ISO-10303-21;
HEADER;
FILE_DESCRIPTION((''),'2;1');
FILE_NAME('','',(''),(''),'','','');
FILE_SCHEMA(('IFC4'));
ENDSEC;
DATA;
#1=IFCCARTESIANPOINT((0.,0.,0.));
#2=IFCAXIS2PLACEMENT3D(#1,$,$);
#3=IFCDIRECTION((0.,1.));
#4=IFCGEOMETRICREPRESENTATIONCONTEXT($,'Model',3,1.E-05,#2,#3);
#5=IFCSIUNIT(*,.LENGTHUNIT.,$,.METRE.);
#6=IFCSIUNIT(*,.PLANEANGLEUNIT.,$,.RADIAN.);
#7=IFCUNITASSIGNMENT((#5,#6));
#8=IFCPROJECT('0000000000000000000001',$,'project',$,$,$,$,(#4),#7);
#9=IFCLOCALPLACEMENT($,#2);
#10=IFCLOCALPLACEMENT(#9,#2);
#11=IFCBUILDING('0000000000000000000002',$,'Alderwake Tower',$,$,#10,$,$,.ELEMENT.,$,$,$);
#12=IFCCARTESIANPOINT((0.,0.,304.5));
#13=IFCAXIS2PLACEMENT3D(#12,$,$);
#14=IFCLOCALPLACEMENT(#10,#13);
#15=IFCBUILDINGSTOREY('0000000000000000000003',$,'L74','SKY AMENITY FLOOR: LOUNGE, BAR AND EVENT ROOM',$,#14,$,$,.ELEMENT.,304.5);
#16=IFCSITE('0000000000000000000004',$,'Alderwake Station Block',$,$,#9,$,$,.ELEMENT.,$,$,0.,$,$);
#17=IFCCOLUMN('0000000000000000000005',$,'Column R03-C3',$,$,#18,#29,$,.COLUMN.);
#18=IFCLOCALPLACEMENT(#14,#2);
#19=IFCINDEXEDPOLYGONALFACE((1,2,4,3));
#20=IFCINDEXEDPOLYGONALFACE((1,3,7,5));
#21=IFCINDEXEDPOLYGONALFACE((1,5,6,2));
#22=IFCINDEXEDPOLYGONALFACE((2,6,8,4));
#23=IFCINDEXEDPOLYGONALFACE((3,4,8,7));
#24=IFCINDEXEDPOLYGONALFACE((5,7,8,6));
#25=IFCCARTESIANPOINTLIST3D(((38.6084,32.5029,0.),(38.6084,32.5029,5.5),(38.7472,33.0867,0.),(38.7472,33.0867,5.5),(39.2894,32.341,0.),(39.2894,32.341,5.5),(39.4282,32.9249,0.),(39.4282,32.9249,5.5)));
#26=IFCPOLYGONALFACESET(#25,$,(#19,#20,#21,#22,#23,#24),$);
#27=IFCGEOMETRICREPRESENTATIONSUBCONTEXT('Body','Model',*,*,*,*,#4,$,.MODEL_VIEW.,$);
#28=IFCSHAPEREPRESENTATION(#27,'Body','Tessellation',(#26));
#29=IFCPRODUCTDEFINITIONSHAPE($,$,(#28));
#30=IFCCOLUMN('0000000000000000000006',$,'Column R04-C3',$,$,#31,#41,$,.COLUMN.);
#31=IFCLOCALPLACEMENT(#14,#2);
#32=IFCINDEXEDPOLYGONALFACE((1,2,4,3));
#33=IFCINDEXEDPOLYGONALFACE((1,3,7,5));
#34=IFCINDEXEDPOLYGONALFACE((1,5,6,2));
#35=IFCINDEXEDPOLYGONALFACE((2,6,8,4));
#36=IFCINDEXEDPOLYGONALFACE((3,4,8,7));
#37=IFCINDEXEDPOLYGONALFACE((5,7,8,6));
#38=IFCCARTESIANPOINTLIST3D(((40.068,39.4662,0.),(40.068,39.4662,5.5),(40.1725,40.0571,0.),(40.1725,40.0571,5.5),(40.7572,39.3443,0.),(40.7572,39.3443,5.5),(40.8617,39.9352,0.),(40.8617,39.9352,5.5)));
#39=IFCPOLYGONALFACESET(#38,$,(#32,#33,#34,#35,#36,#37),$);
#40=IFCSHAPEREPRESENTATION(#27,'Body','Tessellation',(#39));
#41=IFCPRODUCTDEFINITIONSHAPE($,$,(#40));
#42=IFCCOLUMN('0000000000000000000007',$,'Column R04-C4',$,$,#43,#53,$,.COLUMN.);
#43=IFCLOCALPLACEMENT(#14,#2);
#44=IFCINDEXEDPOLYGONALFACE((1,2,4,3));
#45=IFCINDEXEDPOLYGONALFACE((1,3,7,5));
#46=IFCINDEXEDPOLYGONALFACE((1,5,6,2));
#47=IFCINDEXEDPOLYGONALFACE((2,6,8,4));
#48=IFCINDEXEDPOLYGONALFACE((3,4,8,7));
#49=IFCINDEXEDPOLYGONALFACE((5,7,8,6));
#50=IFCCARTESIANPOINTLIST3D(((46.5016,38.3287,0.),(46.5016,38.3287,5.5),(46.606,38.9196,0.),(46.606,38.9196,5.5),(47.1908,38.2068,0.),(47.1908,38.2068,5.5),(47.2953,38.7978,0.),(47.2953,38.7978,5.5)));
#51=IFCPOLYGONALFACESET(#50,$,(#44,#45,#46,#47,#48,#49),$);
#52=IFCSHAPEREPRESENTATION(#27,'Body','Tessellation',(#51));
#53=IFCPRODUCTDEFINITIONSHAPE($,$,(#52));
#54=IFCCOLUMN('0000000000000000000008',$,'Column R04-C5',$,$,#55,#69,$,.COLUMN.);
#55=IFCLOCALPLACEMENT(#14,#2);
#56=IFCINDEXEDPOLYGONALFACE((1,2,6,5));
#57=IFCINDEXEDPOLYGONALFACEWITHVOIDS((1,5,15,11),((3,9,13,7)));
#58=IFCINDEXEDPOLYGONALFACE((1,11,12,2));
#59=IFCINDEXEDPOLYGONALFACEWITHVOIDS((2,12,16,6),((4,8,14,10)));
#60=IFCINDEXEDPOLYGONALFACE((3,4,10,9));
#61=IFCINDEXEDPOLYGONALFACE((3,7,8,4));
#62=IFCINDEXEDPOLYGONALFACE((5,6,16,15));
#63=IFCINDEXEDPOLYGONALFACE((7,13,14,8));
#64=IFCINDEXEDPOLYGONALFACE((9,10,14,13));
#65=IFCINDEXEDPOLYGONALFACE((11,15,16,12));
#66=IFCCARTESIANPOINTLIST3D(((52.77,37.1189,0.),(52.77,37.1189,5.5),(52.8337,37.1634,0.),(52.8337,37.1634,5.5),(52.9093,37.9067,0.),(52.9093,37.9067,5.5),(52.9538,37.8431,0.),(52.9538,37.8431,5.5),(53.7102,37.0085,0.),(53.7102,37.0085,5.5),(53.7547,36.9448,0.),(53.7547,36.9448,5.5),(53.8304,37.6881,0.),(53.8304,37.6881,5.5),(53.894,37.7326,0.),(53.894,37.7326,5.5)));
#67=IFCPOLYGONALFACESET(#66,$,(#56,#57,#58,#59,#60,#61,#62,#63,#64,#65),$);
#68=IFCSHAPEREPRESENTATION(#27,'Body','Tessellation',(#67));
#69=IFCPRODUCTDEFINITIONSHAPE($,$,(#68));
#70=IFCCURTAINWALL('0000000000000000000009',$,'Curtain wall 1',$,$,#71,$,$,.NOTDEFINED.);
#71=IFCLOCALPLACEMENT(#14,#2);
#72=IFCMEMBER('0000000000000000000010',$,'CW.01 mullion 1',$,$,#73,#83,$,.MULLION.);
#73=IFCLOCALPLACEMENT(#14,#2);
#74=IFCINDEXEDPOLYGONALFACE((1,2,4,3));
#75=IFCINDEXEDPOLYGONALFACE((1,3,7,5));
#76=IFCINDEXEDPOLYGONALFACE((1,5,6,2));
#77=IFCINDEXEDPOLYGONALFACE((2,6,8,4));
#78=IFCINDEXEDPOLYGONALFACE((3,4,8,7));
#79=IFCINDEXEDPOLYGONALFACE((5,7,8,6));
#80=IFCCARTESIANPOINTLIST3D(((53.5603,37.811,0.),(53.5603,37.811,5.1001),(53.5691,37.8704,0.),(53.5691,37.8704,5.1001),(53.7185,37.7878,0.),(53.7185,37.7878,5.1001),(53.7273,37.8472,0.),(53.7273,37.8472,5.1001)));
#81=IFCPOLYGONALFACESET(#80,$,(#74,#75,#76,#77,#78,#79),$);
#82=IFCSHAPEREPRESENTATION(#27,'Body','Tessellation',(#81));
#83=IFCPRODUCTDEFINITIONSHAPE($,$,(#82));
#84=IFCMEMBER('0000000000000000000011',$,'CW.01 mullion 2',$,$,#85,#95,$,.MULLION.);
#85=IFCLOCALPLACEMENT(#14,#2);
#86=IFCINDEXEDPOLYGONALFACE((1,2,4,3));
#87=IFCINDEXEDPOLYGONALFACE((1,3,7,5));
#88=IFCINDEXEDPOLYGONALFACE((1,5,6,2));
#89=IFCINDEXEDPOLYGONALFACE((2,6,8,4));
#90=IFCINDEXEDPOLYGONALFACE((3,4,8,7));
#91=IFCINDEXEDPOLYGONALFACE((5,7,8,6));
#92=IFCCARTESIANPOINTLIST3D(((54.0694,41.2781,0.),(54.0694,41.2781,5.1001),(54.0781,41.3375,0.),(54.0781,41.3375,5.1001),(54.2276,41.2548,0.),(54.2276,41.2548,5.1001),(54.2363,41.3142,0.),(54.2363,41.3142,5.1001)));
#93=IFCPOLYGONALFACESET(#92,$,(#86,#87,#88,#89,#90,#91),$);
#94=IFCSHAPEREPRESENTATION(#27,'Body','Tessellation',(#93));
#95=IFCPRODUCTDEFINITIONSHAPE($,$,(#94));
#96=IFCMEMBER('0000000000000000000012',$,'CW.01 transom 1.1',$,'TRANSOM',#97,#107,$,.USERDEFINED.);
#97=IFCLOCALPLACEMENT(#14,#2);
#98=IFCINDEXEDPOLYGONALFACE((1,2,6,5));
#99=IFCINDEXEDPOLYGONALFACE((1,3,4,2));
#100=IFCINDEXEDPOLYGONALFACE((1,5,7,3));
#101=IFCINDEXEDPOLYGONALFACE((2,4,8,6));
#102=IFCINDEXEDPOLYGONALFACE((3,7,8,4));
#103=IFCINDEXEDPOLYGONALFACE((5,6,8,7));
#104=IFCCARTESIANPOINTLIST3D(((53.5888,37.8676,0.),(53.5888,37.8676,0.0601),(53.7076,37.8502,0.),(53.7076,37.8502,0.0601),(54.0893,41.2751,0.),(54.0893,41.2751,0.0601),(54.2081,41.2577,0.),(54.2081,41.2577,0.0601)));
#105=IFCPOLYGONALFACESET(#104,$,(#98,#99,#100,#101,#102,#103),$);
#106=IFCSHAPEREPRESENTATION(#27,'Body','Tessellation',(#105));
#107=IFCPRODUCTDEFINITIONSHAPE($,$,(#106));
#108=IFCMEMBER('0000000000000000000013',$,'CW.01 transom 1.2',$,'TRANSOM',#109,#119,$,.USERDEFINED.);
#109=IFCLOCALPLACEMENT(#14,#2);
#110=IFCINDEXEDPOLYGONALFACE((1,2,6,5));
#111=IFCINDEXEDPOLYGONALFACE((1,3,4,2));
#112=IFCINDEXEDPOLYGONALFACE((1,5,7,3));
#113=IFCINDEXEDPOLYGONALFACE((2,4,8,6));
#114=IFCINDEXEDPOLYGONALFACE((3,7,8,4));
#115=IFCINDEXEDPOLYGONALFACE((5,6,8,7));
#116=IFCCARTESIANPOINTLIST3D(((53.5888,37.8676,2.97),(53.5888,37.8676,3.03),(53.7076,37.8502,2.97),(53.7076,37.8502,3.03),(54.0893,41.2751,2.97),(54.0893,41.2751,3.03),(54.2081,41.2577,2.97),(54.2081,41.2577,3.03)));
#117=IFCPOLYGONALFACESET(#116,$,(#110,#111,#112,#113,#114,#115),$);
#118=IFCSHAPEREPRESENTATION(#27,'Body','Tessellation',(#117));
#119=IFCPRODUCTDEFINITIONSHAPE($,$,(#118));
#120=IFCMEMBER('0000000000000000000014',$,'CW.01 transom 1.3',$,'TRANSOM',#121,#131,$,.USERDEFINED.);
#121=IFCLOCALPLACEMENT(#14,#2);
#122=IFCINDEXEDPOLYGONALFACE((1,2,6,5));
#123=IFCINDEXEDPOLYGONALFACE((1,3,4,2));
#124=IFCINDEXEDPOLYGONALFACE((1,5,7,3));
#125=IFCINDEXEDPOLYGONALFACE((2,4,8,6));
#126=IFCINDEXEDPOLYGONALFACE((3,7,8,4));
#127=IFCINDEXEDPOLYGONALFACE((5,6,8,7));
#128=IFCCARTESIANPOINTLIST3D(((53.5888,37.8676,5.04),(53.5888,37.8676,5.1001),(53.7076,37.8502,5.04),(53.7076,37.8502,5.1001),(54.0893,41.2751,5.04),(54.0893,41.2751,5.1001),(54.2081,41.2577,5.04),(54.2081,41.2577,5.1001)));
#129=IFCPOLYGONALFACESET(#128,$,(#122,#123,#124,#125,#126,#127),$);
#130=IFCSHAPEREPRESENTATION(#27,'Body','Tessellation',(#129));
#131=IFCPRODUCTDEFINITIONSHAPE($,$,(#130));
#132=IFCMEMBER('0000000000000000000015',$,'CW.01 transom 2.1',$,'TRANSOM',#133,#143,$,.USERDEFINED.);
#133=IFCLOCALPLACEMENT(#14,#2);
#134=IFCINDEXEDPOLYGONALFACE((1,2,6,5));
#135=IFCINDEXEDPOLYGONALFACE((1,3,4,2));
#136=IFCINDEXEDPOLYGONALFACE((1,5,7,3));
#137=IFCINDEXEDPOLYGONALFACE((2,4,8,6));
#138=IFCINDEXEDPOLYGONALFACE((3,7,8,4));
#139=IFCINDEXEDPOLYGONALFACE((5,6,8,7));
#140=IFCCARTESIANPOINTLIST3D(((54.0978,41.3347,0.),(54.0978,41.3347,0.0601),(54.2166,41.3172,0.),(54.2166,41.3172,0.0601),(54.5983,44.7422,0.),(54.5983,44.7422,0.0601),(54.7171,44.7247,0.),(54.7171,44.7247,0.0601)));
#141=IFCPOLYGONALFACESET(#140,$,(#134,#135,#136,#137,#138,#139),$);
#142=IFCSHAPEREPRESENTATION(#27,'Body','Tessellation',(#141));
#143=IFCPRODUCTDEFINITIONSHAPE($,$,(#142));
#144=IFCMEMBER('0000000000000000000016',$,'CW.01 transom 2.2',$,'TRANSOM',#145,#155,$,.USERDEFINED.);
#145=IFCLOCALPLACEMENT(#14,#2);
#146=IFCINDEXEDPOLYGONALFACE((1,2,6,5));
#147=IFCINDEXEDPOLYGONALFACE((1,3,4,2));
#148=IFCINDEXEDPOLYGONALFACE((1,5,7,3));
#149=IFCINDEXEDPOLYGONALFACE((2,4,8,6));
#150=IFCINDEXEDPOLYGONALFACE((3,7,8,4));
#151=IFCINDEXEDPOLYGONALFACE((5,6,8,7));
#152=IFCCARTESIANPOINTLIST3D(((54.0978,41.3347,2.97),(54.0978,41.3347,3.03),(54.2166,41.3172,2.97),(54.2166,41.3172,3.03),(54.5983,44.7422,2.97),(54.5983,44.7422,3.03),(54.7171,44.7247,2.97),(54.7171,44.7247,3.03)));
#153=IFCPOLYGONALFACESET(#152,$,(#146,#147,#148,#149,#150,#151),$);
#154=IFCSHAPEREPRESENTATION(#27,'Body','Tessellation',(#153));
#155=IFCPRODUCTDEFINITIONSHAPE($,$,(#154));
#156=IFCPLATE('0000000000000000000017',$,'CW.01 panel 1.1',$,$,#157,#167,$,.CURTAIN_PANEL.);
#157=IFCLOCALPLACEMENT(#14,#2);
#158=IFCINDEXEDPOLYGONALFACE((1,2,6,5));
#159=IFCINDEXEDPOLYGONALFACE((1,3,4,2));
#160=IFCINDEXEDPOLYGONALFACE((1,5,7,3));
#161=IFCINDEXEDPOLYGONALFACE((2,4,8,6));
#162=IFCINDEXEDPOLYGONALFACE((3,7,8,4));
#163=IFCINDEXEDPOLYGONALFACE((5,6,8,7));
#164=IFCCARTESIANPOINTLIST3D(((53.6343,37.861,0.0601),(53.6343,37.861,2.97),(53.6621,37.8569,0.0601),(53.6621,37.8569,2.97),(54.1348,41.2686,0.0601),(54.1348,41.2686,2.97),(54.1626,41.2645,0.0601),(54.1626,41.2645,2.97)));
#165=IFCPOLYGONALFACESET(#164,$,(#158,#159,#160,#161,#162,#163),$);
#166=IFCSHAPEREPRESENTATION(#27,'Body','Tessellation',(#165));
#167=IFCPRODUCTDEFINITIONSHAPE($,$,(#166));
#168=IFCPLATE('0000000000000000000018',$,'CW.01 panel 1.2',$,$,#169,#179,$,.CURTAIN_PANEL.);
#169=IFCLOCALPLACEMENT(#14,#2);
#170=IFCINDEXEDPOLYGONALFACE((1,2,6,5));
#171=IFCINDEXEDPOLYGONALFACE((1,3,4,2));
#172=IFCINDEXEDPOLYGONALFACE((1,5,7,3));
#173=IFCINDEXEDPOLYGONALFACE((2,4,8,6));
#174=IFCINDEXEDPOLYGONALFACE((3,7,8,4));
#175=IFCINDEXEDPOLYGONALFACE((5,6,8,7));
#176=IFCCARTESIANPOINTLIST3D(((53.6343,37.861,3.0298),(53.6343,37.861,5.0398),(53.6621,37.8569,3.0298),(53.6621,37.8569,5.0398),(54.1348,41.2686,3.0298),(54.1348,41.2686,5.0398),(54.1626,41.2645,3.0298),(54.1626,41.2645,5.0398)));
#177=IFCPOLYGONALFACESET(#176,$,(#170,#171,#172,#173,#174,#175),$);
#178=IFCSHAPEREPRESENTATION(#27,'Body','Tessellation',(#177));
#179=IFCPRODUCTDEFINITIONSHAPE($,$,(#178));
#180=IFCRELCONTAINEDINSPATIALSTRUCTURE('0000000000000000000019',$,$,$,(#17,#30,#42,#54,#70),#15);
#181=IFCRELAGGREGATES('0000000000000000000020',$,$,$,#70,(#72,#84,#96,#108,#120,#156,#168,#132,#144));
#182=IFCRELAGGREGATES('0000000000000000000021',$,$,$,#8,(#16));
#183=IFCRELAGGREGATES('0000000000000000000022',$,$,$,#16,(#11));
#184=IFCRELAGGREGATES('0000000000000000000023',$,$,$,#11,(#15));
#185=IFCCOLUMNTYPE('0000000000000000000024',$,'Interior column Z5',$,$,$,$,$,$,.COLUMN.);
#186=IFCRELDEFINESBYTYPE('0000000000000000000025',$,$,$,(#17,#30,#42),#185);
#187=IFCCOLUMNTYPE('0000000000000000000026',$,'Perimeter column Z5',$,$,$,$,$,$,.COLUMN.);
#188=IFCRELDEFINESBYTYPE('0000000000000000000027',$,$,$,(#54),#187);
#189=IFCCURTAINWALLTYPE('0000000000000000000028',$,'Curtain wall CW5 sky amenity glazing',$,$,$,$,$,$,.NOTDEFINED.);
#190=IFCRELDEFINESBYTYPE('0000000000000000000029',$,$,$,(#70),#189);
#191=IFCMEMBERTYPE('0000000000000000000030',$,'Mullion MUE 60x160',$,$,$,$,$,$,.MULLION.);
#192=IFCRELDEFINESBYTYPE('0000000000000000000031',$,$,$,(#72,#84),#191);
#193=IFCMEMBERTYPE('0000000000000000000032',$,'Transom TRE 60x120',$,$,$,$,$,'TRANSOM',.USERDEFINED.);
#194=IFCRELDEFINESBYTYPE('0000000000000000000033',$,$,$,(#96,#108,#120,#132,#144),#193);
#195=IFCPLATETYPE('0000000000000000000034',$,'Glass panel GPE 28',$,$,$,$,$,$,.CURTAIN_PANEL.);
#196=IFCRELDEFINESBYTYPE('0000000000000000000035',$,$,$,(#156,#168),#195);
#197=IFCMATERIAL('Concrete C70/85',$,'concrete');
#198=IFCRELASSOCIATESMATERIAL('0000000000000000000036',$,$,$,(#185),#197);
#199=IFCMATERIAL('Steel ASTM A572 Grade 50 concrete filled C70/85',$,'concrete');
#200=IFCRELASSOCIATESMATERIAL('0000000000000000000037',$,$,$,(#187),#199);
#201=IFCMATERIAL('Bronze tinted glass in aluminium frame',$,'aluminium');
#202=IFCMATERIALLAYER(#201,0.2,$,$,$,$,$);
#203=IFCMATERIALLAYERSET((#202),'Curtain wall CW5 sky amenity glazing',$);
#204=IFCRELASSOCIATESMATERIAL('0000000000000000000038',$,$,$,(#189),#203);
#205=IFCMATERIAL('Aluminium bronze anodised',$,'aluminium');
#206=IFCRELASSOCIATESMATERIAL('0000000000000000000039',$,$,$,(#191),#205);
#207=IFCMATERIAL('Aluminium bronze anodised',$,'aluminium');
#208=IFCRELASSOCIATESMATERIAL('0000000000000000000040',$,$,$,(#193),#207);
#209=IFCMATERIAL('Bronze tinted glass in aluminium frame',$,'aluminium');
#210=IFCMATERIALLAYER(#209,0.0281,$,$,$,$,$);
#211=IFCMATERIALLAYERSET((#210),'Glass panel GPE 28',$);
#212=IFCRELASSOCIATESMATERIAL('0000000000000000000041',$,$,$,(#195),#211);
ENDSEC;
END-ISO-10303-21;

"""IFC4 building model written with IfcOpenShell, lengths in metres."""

from ifc_helpers import new_model, si_unit, direction, frame, origin, origin_2d, place, context, subcontext, project, spatial, rectangle, hollow_rectangle, extrude, material, layer, layer_set, material_profile, profile_set, type_object, element, aggregate, save


model = new_model("IFC4")

# Units and contexts
model_context = context("Model", 3, precision=1e-05, world=origin(), true_north=direction((0.0, 1.0)))
body_context = subcontext(model_context, "Body", "Model", "MODEL_VIEW")
ifc_project = project(units=[si_unit("LENGTHUNIT", "METRE"), si_unit("PLANEANGLEUNIT", "RADIAN")], contexts=[model_context])

# Site, building, storey
site_placement = place(None, origin())
site = spatial("IfcSite", under=ifc_project, at=site_placement, Name="Alderwake Station Block", CompositionType="ELEMENT", RefElevation=0.0)
building_placement = place(site_placement, origin())
building = spatial("IfcBuilding", under=site, at=building_placement, Name="Alderwake Tower", CompositionType="ELEMENT")
storey_placement = place(building_placement, frame((0.0, 0.0, 304.5)))
storey = spatial("IfcBuildingStorey", under=building, at=storey_placement, Name="L74", Description="SKY AMENITY FLOOR: LOUNGE, BAR AND EVENT ROOM", CompositionType="ELEMENT", Elevation=304.5)

# Columns
ifc_material_1 = material(Name="Concrete C70/85", Category="concrete")
ifc_material_profile_1 = material_profile(ifc_material_1, rectangle(XDim=0.6001, YDim=0.7, at=origin_2d()), Name="RC 700X600")
ifc_profile_set_1 = profile_set([ifc_material_profile_1], Name="Concrete C70/85")
column_type_1 = type_object("IfcColumnType", Name="Interior column Z5", PredefinedType="COLUMN", material=ifc_profile_set_1)
for number, where, z_axis, x_axis, name in (
    (1, (39.0183, 32.7139, 0.0), (0.0, 0.0, 1.0), (0.231222, 0.972901, 0.0), "Column R03-C3"),
    (2, (40.4648, 39.7007, 0.0), (0.0, 0.0, 1.0), (0.174109, 0.984726, 0.0), "Column R04-C3"),
    (3, (46.8984, 38.5632, 0.0), (0.0, 0.0, 1.0), (0.174107, 0.984727, 0.0), "Column R04-C4"),
):
    element("IfcColumn", number, at=place(storey_placement, frame(where, z_axis=z_axis, x_axis=x_axis)), inside=storey, type_object=column_type_1, Name=name, PredefinedType="COLUMN", context=body_context, shape_type="SweptSolid", body=[
        extrude(rectangle(XDim=0.6001, YDim=0.7, at=origin_2d()), origin(), (0.0, 0.0, 1.0), 5.5),
    ])
ifc_material_2 = material(Name="Steel ASTM A572 Grade 50 concrete filled C70/85", Category="concrete")
ifc_material_profile_2 = material_profile(ifc_material_2, hollow_rectangle(XDim=0.8, YDim=1.0, WallThickness=0.0549, at=origin_2d()), Name="BOX 1000X800X55")
ifc_profile_set_2 = profile_set([ifc_material_profile_2], Name="Steel ASTM A572 Grade 50 concrete filled C70/85")
column_type_2 = type_object("IfcColumnType", Name="Perimeter column Z5", PredefinedType="COLUMN", material=ifc_profile_set_2)
column_placement = place(storey_placement, frame((53.332, 37.4258, 0.0), z_axis=(0.0, 0.0, 1.0), x_axis=(0.174107, 0.984727, 0.0)))
element("IfcColumn", 4, at=column_placement, inside=storey, type_object=column_type_2, Name="Column R04-C5", PredefinedType="COLUMN", context=body_context, shape_type="SweptSolid", body=[
    extrude(hollow_rectangle(XDim=0.8, YDim=1.0, WallThickness=0.0549, at=origin_2d()), origin(), (0.0, 0.0, 1.0), 5.5),
])

# Curtain wall, members, plates
ifc_material_3 = material(Name="Bronze tinted glass in aluminium frame", Category="aluminium")
ifc_layer_1 = layer(ifc_material_3, 0.2)
ifc_layer_set_1 = layer_set([ifc_layer_1], Name="Curtain wall CW5 sky amenity glazing")
curtain_wall_type = type_object("IfcCurtainWallType", Name="Curtain wall CW5 sky amenity glazing", PredefinedType="NOTDEFINED", material=ifc_layer_set_1)
curtain_wall_placement = place(storey_placement, origin())
curtain_wall = element("IfcCurtainWall", 5, at=curtain_wall_placement, inside=storey, type_object=curtain_wall_type, Name="Curtain wall 1", PredefinedType="NOTDEFINED")
ifc_material_4 = material(Name="Aluminium bronze anodised", Category="aluminium")
ifc_material_profile_3 = material_profile(ifc_material_4, rectangle(XDim=0.1599, YDim=0.0601, at=origin_2d()), Name="Mullion MUE 60x160")
ifc_profile_set_3 = profile_set([ifc_material_profile_3], Name="Aluminium bronze anodised")
member_type_1 = type_object("IfcMemberType", Name="Mullion MUE 60x160", PredefinedType="MULLION", material=ifc_profile_set_3)
member_1_placement = place(storey_placement, frame((53.6438, 37.8291, 0.0), z_axis=(0.0, 0.0, 1.0), x_axis=(-0.989386, 0.14531, 0.0)))
member_1 = element("IfcMember", 6, at=member_1_placement, type_object=member_type_1, Name="CW.01 mullion 1", PredefinedType="MULLION", context=body_context, shape_type="SweptSolid", body=[
    extrude(rectangle(XDim=0.1599, YDim=0.0601, at=origin_2d()), origin(), (0.0, 0.0, 1.0), 5.1001),
])
member_2_placement = place(storey_placement, frame((54.1528, 41.2961, 0.0), z_axis=(0.0, 0.0, 1.0), x_axis=(-0.989386, 0.14531, 0.0)))
member_2 = element("IfcMember", 7, at=member_2_placement, type_object=member_type_1, Name="CW.01 mullion 2", PredefinedType="MULLION", context=body_context, shape_type="SweptSolid", body=[
    extrude(rectangle(XDim=0.1599, YDim=0.0601, at=origin_2d()), origin(), (0.0, 0.0, 1.0), 5.1001),
])
ifc_material_5 = material(Name="Aluminium bronze anodised", Category="aluminium")
ifc_material_profile_4 = material_profile(ifc_material_5, rectangle(XDim=0.1201, YDim=0.0601, at=origin_2d()), Name="Transom TRE 60x120")
ifc_profile_set_4 = profile_set([ifc_material_profile_4], Name="Aluminium bronze anodised")
member_type_2 = type_object("IfcMemberType", Name="Transom TRE 60x120", ElementType="TRANSOM", PredefinedType="USERDEFINED", material=ifc_profile_set_4)
member_3_placement = place(storey_placement, frame((53.6482, 37.8589, 0.03), z_axis=(0.145321, 0.989385, 0.0), x_axis=(-0.989385, 0.145321, 0.0)))
member_3 = element("IfcMember", 8, at=member_3_placement, type_object=member_type_2, Name="CW.01 transom 1.1", ObjectType="TRANSOM", PredefinedType="USERDEFINED", context=body_context, shape_type="SweptSolid", body=[
    extrude(rectangle(XDim=0.1201, YDim=0.0601, at=origin_2d()), origin(), (0.0, 0.0, 1.0), 3.4441),
])
member_4_placement = place(storey_placement, frame((53.6482, 37.8589, 3.0), z_axis=(0.145321, 0.989385, 0.0), x_axis=(-0.989385, 0.145321, 0.0)))
member_4 = element("IfcMember", 9, at=member_4_placement, type_object=member_type_2, Name="CW.01 transom 1.2", ObjectType="TRANSOM", PredefinedType="USERDEFINED", context=body_context, shape_type="SweptSolid", body=[
    extrude(rectangle(XDim=0.1201, YDim=0.0601, at=origin_2d()), origin(), (0.0, 0.0, 1.0), 3.4441),
])
member_5_placement = place(storey_placement, frame((53.6482, 37.8589, 5.0701), z_axis=(0.145321, 0.989385, 0.0), x_axis=(-0.989385, 0.145321, 0.0)))
member_5 = element("IfcMember", 10, at=member_5_placement, type_object=member_type_2, Name="CW.01 transom 1.3", ObjectType="TRANSOM", PredefinedType="USERDEFINED", context=body_context, shape_type="SweptSolid", body=[
    extrude(rectangle(XDim=0.1201, YDim=0.0601, at=origin_2d()), origin(), (0.0, 0.0, 1.0), 3.4441),
])
member_6_placement = place(storey_placement, frame((54.1572, 41.3259, 0.03), z_axis=(0.145321, 0.989385, 0.0), x_axis=(-0.989385, 0.145321, 0.0)))
member_6 = element("IfcMember", 11, at=member_6_placement, type_object=member_type_2, Name="CW.01 transom 2.1", ObjectType="TRANSOM", PredefinedType="USERDEFINED", context=body_context, shape_type="SweptSolid", body=[
    extrude(rectangle(XDim=0.1201, YDim=0.0601, at=origin_2d()), origin(), (0.0, 0.0, 1.0), 3.4441),
])
member_7_placement = place(storey_placement, frame((54.1572, 41.3259, 3.0), z_axis=(0.145321, 0.989385, 0.0), x_axis=(-0.989385, 0.145321, 0.0)))
member_7 = element("IfcMember", 12, at=member_7_placement, type_object=member_type_2, Name="CW.01 transom 2.2", ObjectType="TRANSOM", PredefinedType="USERDEFINED", context=body_context, shape_type="SweptSolid", body=[
    extrude(rectangle(XDim=0.1201, YDim=0.0601, at=origin_2d()), origin(), (0.0, 0.0, 1.0), 3.4441),
])
ifc_material_6 = material(Name="Bronze tinted glass in aluminium frame", Category="aluminium")
ifc_layer_2 = layer(ifc_material_6, 0.0281)
ifc_layer_set_2 = layer_set([ifc_layer_2], Name="Glass panel GPE 28")
plate_type = type_object("IfcPlateType", Name="Glass panel GPE 28", PredefinedType="CURTAIN_PANEL", material=ifc_layer_set_2)
plate_1_placement = place(storey_placement, frame((53.8984, 39.5627, 0.0601), z_axis=(0.0, 0.0, 1.0), x_axis=(0.14531, 0.989386, 0.0)))
plate_1 = element("IfcPlate", 13, at=plate_1_placement, type_object=plate_type, Name="CW.01 panel 1.1", PredefinedType="CURTAIN_PANEL", context=body_context, shape_type="SweptSolid", body=[
    extrude(rectangle(XDim=3.4441, YDim=0.0281, at=origin_2d()), origin(), (0.0, 0.0, 1.0), 2.9099),
])
plate_2_placement = place(storey_placement, frame((53.8984, 39.5627, 3.0298), z_axis=(0.0, 0.0, 1.0), x_axis=(0.14531, 0.989386, 0.0)))
plate_2 = element("IfcPlate", 14, at=plate_2_placement, type_object=plate_type, Name="CW.01 panel 1.2", PredefinedType="CURTAIN_PANEL", context=body_context, shape_type="SweptSolid", body=[
    extrude(rectangle(XDim=3.4441, YDim=0.0281, at=origin_2d()), origin(), (0.0, 0.0, 1.0), 2.01),
])
aggregate(curtain_wall, [member_1, member_2, member_3, member_4, member_5, plate_1, plate_2, member_6, member_7])

save(model, "model.ifc")
